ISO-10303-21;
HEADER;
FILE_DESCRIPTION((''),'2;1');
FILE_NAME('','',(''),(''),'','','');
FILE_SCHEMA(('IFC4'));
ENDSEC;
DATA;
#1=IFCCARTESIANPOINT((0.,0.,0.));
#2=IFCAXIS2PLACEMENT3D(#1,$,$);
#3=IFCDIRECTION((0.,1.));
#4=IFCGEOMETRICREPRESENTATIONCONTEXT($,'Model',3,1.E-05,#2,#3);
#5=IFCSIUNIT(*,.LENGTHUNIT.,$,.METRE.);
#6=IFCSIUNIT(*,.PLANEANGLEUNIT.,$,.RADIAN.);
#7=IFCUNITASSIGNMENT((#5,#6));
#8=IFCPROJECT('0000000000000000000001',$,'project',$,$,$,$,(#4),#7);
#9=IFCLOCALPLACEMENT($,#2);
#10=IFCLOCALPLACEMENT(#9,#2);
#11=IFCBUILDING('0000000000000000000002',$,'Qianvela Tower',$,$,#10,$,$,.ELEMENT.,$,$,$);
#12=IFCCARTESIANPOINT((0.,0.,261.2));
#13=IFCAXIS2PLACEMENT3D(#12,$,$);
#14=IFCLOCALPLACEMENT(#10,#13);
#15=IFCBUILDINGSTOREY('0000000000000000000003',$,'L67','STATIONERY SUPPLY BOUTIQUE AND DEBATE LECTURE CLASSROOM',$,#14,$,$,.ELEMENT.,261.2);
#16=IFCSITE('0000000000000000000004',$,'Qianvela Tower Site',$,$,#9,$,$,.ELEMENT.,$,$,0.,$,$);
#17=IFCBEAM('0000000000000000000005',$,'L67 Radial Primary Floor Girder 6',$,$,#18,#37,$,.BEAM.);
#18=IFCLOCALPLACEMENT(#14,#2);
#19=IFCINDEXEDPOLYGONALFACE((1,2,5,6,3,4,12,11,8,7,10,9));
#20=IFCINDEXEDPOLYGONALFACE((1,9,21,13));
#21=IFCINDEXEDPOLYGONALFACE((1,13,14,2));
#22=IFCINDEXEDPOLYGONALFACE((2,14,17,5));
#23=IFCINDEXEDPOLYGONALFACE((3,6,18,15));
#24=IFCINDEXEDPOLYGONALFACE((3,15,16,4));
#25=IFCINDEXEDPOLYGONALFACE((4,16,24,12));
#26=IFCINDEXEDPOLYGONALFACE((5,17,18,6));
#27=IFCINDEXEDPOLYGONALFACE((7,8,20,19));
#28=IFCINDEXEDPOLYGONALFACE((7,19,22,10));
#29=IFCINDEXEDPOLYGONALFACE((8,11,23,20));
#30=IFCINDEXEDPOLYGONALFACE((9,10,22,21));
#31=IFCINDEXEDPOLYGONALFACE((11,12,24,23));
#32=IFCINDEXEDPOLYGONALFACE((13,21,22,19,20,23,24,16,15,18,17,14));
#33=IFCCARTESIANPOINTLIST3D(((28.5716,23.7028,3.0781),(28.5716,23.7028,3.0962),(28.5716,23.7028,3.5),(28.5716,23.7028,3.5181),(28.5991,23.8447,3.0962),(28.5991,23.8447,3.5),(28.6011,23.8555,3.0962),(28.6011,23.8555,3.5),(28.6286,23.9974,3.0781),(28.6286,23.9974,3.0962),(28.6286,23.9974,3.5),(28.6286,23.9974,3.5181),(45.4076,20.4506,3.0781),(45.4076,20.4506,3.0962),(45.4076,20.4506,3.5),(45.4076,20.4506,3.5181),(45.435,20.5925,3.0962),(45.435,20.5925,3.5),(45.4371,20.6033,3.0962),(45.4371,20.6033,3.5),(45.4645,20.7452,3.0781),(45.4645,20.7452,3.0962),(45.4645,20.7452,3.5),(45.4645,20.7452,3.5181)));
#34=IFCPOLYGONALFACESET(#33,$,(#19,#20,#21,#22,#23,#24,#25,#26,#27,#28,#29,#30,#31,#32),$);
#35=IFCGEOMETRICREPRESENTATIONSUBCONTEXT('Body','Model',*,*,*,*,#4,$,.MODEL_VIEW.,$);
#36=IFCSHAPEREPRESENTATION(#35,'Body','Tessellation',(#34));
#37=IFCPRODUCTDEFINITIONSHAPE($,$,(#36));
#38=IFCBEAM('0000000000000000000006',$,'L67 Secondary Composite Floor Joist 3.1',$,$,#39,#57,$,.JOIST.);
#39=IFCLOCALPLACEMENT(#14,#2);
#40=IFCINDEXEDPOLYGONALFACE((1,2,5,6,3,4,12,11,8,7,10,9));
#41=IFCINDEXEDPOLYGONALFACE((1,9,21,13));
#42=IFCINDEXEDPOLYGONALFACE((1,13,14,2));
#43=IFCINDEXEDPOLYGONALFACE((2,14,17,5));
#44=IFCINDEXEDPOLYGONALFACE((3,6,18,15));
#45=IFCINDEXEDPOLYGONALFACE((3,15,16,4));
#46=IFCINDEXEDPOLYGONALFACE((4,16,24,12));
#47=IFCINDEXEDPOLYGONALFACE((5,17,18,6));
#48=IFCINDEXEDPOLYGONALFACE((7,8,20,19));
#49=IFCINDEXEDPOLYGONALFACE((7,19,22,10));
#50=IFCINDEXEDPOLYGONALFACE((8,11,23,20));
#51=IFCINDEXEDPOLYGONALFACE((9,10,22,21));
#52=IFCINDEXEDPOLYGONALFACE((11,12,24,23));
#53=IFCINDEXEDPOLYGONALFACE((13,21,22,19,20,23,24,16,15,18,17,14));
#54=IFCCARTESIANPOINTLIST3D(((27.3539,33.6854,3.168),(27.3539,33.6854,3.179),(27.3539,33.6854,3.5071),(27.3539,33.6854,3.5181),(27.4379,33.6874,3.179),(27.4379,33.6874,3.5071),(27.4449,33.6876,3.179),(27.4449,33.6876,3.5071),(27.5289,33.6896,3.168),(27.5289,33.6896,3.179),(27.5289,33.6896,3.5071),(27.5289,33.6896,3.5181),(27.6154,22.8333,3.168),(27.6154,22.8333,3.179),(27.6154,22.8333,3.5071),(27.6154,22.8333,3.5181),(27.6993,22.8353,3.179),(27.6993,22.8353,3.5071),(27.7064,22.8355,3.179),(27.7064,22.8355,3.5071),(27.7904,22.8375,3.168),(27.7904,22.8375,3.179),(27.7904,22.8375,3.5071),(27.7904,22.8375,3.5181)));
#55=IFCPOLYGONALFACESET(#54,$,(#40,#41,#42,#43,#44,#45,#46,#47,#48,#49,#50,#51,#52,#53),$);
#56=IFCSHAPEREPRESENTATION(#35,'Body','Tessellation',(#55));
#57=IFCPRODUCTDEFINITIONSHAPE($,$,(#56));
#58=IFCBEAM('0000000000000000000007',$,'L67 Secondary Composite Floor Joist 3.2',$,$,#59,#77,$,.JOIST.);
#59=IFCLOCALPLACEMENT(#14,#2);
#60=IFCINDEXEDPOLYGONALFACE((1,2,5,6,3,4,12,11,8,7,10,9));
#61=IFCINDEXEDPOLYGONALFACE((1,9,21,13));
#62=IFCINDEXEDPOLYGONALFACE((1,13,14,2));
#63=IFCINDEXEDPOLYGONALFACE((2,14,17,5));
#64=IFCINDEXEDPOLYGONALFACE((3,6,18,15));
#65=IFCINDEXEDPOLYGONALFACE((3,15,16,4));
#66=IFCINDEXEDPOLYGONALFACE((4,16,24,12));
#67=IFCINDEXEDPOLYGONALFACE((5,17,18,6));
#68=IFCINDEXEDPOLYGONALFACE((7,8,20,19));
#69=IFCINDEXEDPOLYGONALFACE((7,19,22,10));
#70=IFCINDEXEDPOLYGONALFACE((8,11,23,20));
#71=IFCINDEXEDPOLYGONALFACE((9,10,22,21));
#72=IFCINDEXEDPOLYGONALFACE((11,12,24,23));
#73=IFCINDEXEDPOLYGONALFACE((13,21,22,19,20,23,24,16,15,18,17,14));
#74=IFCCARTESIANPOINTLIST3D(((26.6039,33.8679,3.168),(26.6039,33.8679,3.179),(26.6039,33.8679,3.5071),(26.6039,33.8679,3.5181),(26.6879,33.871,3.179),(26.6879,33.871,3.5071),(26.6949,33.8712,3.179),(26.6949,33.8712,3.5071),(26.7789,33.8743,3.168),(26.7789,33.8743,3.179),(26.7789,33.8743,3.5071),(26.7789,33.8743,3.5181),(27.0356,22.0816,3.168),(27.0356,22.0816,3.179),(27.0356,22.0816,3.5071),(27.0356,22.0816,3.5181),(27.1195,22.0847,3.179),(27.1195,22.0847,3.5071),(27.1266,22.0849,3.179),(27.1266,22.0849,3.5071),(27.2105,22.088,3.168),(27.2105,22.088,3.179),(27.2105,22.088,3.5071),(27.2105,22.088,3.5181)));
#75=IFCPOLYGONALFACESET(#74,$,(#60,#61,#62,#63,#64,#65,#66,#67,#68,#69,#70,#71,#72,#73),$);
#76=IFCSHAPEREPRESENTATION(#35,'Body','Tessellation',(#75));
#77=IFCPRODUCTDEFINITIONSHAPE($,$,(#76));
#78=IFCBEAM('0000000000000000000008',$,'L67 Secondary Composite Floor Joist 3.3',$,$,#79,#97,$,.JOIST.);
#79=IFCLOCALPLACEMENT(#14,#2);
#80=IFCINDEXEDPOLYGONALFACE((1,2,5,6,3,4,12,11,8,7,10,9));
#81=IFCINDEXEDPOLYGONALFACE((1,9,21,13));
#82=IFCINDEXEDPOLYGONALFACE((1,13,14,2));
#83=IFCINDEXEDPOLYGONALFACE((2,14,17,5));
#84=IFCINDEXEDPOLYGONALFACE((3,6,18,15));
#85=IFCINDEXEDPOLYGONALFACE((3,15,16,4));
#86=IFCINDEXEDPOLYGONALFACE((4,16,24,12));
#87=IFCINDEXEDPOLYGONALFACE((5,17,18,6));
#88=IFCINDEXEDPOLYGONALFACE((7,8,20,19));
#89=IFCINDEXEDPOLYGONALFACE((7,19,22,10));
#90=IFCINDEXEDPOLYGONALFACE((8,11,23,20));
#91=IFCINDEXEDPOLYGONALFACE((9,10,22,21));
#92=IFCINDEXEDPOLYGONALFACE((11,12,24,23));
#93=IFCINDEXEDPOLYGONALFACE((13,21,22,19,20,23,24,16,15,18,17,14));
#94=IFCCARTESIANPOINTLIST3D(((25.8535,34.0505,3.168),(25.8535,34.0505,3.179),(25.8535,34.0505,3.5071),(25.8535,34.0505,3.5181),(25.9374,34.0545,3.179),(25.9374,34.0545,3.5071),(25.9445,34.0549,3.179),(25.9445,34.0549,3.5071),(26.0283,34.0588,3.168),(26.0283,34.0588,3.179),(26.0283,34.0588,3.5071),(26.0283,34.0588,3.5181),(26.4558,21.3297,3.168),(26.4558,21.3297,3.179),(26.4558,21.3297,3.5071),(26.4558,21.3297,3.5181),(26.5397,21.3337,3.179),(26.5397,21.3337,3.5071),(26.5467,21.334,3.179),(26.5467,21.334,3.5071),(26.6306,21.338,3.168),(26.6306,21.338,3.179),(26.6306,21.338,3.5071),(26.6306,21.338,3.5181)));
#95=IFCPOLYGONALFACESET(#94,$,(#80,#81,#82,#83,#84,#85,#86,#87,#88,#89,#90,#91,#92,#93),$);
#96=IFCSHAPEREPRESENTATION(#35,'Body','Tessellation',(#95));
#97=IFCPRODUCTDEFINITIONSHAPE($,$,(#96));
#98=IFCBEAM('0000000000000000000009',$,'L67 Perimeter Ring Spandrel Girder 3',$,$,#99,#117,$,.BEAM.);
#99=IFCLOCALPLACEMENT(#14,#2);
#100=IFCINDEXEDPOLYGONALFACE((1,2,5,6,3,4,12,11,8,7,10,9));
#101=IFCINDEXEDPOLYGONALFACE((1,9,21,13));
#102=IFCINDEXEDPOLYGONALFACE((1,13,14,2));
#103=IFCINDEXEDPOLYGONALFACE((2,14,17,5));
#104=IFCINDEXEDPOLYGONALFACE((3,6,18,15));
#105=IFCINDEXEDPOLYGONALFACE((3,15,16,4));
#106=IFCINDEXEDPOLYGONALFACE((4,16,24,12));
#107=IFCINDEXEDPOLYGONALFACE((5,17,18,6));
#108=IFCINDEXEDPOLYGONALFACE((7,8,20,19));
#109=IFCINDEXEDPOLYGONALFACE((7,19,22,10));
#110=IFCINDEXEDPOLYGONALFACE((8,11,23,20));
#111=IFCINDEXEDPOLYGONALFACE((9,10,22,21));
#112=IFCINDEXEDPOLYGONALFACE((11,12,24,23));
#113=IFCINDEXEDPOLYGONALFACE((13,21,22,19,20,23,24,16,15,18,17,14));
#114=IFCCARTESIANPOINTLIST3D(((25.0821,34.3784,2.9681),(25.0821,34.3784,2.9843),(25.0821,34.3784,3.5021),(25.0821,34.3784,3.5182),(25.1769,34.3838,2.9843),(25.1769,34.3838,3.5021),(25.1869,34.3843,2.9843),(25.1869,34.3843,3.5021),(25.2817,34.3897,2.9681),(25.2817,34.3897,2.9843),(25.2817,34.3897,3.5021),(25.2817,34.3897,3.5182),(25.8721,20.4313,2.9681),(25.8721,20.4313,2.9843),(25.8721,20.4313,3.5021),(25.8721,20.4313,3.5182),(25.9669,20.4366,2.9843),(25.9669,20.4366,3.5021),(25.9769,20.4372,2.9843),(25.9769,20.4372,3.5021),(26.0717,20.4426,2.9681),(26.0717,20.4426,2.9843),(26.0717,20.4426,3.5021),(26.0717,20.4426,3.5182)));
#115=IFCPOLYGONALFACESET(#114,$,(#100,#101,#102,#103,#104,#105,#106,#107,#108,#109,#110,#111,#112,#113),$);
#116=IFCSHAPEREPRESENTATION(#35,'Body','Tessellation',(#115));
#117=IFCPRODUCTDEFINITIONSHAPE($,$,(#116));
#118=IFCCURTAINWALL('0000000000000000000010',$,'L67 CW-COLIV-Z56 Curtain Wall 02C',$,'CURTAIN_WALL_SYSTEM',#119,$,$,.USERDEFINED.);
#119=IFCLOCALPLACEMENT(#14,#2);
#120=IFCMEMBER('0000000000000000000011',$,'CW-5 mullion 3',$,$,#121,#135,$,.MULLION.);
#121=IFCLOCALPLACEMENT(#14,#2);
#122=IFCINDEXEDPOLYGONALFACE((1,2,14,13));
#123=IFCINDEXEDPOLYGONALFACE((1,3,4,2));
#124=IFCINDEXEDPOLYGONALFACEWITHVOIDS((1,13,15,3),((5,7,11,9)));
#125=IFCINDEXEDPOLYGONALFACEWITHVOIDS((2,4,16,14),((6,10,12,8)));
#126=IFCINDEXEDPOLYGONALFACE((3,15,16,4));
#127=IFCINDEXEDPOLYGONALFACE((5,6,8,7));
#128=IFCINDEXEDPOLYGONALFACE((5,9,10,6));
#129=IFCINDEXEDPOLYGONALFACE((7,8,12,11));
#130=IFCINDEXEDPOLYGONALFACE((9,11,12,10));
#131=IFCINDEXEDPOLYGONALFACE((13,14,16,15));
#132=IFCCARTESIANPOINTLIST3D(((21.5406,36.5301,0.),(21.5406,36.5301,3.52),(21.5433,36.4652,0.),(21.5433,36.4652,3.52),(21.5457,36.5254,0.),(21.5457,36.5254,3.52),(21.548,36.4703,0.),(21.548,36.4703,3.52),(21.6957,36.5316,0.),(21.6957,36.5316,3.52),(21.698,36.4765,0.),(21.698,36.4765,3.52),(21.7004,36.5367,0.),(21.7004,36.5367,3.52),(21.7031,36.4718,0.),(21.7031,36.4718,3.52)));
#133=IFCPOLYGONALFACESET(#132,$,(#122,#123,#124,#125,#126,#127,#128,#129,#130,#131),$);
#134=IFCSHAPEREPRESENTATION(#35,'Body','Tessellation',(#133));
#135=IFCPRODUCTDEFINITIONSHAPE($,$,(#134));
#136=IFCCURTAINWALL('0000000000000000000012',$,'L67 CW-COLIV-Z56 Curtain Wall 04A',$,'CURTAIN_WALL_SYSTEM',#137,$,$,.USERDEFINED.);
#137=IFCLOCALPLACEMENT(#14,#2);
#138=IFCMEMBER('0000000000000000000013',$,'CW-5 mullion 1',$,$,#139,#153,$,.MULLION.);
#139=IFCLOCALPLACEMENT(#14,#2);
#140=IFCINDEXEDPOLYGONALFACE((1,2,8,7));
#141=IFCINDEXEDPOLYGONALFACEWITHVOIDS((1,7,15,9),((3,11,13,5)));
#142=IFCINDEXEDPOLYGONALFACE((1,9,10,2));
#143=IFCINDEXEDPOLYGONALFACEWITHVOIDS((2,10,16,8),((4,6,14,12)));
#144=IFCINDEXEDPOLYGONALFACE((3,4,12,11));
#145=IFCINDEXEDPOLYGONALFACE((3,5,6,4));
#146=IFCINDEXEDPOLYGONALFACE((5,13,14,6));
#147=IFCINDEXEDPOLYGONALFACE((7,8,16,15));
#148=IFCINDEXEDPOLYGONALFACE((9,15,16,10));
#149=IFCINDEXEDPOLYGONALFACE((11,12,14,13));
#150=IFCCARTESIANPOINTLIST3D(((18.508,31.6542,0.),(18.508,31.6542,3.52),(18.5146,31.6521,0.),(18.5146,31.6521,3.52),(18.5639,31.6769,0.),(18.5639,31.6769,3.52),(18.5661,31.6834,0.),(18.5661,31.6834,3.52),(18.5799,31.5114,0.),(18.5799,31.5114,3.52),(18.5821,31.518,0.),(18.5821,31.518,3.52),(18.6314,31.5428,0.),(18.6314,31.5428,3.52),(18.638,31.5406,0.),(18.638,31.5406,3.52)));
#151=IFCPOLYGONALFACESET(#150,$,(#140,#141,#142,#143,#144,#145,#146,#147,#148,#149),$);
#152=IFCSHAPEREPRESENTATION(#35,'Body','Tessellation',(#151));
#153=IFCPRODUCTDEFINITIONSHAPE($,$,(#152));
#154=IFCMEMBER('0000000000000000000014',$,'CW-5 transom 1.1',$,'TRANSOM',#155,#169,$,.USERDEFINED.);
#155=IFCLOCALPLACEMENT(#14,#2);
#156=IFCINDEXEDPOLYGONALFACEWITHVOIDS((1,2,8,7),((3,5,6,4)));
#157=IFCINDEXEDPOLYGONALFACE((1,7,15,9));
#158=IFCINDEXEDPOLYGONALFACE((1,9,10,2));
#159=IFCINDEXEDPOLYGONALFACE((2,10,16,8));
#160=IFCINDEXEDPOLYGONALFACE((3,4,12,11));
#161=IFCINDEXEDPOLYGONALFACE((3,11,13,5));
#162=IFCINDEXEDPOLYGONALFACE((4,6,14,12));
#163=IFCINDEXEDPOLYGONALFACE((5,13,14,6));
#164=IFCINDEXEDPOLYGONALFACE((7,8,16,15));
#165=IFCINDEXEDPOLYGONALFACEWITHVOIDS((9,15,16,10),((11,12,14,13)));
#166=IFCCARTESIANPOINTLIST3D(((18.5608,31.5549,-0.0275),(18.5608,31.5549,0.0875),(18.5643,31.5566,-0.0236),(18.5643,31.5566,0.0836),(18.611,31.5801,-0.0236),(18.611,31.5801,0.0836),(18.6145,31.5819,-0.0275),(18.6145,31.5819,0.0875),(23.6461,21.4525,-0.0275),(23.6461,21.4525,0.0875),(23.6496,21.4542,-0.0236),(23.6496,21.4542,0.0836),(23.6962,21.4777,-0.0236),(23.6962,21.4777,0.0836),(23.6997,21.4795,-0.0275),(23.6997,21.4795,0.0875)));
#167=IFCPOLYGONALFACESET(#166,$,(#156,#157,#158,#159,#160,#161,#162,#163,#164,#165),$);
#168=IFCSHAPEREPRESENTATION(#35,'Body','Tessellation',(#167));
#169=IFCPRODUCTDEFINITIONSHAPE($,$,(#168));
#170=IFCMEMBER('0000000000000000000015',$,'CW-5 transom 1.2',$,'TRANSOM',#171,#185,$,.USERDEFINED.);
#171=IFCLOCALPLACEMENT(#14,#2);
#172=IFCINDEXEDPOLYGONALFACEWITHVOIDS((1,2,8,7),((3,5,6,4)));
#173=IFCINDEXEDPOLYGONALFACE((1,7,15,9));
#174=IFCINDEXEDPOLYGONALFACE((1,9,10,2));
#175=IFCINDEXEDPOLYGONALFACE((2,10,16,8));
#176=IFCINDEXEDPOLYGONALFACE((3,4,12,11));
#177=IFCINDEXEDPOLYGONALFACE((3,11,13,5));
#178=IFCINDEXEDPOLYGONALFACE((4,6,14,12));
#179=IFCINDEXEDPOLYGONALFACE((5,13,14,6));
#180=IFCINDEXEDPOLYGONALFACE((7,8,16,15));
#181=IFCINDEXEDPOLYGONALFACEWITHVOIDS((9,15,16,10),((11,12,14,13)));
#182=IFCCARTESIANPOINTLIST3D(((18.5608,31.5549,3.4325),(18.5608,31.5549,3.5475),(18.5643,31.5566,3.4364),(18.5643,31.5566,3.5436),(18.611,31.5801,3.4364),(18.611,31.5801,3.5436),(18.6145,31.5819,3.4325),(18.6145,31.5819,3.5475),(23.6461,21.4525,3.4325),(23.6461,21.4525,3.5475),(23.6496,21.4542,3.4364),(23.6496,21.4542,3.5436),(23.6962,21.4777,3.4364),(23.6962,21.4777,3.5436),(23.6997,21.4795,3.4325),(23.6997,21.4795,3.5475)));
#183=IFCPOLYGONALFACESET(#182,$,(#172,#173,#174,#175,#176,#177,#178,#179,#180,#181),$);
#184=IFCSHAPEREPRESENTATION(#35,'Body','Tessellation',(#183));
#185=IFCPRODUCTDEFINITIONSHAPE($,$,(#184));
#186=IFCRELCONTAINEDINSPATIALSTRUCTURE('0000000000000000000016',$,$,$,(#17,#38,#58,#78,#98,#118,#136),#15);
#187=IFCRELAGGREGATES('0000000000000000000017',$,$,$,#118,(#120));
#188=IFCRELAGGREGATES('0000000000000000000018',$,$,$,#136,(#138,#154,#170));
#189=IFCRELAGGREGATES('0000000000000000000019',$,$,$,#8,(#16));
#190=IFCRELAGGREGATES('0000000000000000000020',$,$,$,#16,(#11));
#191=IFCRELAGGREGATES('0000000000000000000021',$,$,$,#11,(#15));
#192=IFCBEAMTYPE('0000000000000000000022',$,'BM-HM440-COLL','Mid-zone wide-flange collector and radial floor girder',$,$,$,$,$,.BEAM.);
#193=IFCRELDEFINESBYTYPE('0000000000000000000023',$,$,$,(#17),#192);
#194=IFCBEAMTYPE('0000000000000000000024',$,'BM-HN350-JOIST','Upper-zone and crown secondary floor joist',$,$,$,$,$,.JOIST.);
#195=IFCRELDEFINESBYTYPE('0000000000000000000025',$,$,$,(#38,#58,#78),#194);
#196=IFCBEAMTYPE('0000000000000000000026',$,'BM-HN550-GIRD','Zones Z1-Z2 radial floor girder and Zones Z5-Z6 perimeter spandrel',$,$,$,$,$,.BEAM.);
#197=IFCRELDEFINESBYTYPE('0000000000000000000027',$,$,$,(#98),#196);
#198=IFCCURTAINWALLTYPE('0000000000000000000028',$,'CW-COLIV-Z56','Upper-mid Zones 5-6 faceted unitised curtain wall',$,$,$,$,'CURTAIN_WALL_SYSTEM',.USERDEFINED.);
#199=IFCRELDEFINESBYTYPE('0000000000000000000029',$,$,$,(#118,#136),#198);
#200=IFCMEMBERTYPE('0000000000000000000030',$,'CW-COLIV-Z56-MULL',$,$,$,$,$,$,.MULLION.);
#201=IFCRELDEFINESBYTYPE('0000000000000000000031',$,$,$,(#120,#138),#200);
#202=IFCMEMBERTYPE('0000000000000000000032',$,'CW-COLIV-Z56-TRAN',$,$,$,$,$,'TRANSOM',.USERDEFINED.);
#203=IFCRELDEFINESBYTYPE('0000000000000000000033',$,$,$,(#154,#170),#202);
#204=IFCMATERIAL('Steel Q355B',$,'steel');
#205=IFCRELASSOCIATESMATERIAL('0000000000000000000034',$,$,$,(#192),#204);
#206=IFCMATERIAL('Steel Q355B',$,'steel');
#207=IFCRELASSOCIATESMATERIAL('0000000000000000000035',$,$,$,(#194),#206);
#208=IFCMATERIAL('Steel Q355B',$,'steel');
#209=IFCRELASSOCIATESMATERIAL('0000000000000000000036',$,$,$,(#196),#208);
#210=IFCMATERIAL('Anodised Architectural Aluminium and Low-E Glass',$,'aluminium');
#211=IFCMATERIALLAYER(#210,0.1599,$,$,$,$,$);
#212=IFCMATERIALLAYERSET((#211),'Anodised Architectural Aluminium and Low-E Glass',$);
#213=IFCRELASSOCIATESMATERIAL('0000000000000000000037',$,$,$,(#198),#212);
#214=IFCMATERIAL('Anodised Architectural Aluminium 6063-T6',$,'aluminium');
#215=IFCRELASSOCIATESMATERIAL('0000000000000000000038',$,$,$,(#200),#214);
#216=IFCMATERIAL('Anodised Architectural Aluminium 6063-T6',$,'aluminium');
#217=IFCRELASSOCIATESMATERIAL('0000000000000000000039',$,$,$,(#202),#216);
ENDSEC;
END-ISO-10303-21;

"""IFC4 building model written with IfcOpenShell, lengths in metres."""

from ifc_helpers import new_model, si_unit, direction, frame, origin, origin_2d, place, context, subcontext, project, spatial, hollow_rectangle, i_section, extrude, material, layer, layer_set, material_profile, profile_set, type_object, element, aggregate, save


model = new_model("IFC4")

# Units and contexts
model_context = context("Model", 3, precision=1e-05, world=origin(), true_north=direction((0.0, 1.0)))
body_context = subcontext(model_context, "Body", "Model", "MODEL_VIEW")
ifc_project = project(units=[si_unit("LENGTHUNIT", "METRE"), si_unit("PLANEANGLEUNIT", "RADIAN")], contexts=[model_context])

# Site, building, storey
site_placement = place(None, origin())
site = spatial("IfcSite", under=ifc_project, at=site_placement, Name="Qianvela Tower Site", CompositionType="ELEMENT", RefElevation=0.0)
building_placement = place(site_placement, origin())
building = spatial("IfcBuilding", under=site, at=building_placement, Name="Qianvela Tower", CompositionType="ELEMENT")
storey_placement = place(building_placement, frame((0.0, 0.0, 261.2)))
storey = spatial("IfcBuildingStorey", under=building, at=storey_placement, Name="L67", Description="STATIONERY SUPPLY BOUTIQUE AND DEBATE LECTURE CLASSROOM", CompositionType="ELEMENT", Elevation=261.2)

# Beams
ifc_material_1 = material(Name="Steel Q355B", Category="steel")
ifc_material_profile_1 = material_profile(ifc_material_1, i_section(OverallWidth=0.3, OverallDepth=0.4399, WebThickness=0.011, FlangeThickness=0.0181, at=origin_2d()), Name="HM440x300x11x18")
ifc_profile_set_1 = profile_set([ifc_material_profile_1], Name="Steel Q355B")
beam_type_1 = type_object("IfcBeamType", Name="BM-HM440-COLL", Description="Mid-zone wide-flange collector and radial floor girder", PredefinedType="BEAM", material=ifc_profile_set_1)
beam_1_placement = place(storey_placement, frame((28.6001, 23.8501, 3.2981), z_axis=(0.981849, -0.189664, 0.0), x_axis=(0.189664, 0.981849, 0.0)))
element("IfcBeam", 1, at=beam_1_placement, inside=storey, type_object=beam_type_1, Name="L67 Radial Primary Floor Girder 6", PredefinedType="BEAM", context=body_context, shape_type="SweptSolid", body=[
    extrude(i_section(OverallWidth=0.3, OverallDepth=0.4399, WebThickness=0.011, FlangeThickness=0.0181, at=origin_2d()), origin(), (0.0, 0.0, 1.0), 17.1472),
])
ifc_material_2 = material(Name="Steel Q355B", Category="steel")
ifc_material_profile_2 = material_profile(ifc_material_2, i_section(OverallWidth=0.175, OverallDepth=0.3501, WebThickness=0.0071, FlangeThickness=0.011, at=origin_2d()), Name="HN350x175x7x11")
ifc_profile_set_2 = profile_set([ifc_material_profile_2], Name="Steel Q355B")
beam_type_2 = type_object("IfcBeamType", Name="BM-HN350-JOIST", Description="Upper-zone and crown secondary floor joist", PredefinedType="JOIST", material=ifc_profile_set_2)
beam_2_placement = place(storey_placement, frame((27.4414, 33.6875, 3.343), z_axis=(0.024087, -0.99971, 0.0), x_axis=(0.99971, 0.024087, 0.0)))
element("IfcBeam", 2, at=beam_2_placement, inside=storey, type_object=beam_type_2, Name="L67 Secondary Composite Floor Joist 3.1", PredefinedType="JOIST", context=body_context, shape_type="SweptSolid", body=[
    extrude(i_section(OverallWidth=0.175, OverallDepth=0.3501, WebThickness=0.0071, FlangeThickness=0.011, at=origin_2d()), origin(), (0.0, 0.0, 1.0), 10.8552),
])
beam_3_placement = place(storey_placement, frame((26.6914, 33.8711, 3.343), z_axis=(0.036597, -0.99933, 0.0), x_axis=(0.99933, 0.036597, 0.0)))
element("IfcBeam", 3, at=beam_3_placement, inside=storey, type_object=beam_type_2, Name="L67 Secondary Composite Floor Joist 3.2", PredefinedType="JOIST", context=body_context, shape_type="SweptSolid", body=[
    extrude(i_section(OverallWidth=0.175, OverallDepth=0.3501, WebThickness=0.0071, FlangeThickness=0.011, at=origin_2d()), origin(), (0.0, 0.0, 1.0), 11.7942),
])
beam_4_placement = place(storey_placement, frame((25.9409, 34.0547, 3.343), z_axis=(0.047294, -0.998881, 0.0), x_axis=(0.998881, 0.047294, 0.0)))
element("IfcBeam", 4, at=beam_4_placement, inside=storey, type_object=beam_type_2, Name="L67 Secondary Composite Floor Joist 3.3", PredefinedType="JOIST", context=body_context, shape_type="SweptSolid", body=[
    extrude(i_section(OverallWidth=0.175, OverallDepth=0.3501, WebThickness=0.0071, FlangeThickness=0.011, at=origin_2d()), origin(), (0.0, 0.0, 1.0), 12.7351),
])
ifc_material_3 = material(Name="Steel Q355B", Category="steel")
ifc_material_profile_3 = material_profile(ifc_material_3, i_section(OverallWidth=0.2, OverallDepth=0.55, WebThickness=0.01, FlangeThickness=0.0161, at=origin_2d()), Name="HN550x200x10x16")
ifc_profile_set_3 = profile_set([ifc_material_profile_3], Name="Steel Q355B")
beam_type_3 = type_object("IfcBeamType", Name="BM-HN550-GIRD", Description="Zones Z1-Z2 radial floor girder and Zones Z5-Z6 perimeter spandrel", PredefinedType="BEAM", material=ifc_profile_set_3)
beam_5_placement = place(storey_placement, frame((25.1819, 34.384, 3.2432), z_axis=(0.056555, -0.998399, 0.0), x_axis=(0.998399, 0.056555, 0.0)))
element("IfcBeam", 5, at=beam_5_placement, inside=storey, type_object=beam_type_3, Name="L67 Perimeter Ring Spandrel Girder 3", PredefinedType="BEAM", context=body_context, shape_type="SweptSolid", body=[
    extrude(i_section(OverallWidth=0.2, OverallDepth=0.55, WebThickness=0.01, FlangeThickness=0.0161, at=origin_2d()), origin(), (0.0, 0.0, 1.0), 13.9695),
])

# Curtain wall, member
ifc_material_4 = material(Name="Anodised Architectural Aluminium and Low-E Glass", Category="aluminium")
ifc_layer_1 = layer(ifc_material_4, 0.1599)
ifc_layer_set_1 = layer_set([ifc_layer_1], Name="Anodised Architectural Aluminium and Low-E Glass")
curtain_wall_type = type_object("IfcCurtainWallType", Name="CW-COLIV-Z56", Description="Upper-mid Zones 5-6 faceted unitised curtain wall", ElementType="CURTAIN_WALL_SYSTEM", PredefinedType="USERDEFINED", material=ifc_layer_set_1)
curtain_wall_1_placement = place(storey_placement, origin())
curtain_wall_1 = element("IfcCurtainWall", 6, at=curtain_wall_1_placement, inside=storey, type_object=curtain_wall_type, Name="L67 CW-COLIV-Z56 Curtain Wall 02C", ObjectType="CURTAIN_WALL_SYSTEM", PredefinedType="USERDEFINED")
ifc_material_5 = material(Name="Anodised Architectural Aluminium 6063-T6", Category="aluminium")
ifc_material_profile_4 = material_profile(ifc_material_5, hollow_rectangle(XDim=0.0649, YDim=0.1599, WallThickness=0.0049, at=origin_2d()), Name="ALU-MULL-65x160")
ifc_profile_set_4 = profile_set([ifc_material_profile_4], Name="Anodised Architectural Aluminium 6063-T6")
member_type_1 = type_object("IfcMemberType", Name="CW-COLIV-Z56-MULL", PredefinedType="MULLION", material=ifc_profile_set_4)
member_1_placement = place(storey_placement, frame((21.6218, 36.501, 0.0), z_axis=(0.0, 0.0, 1.0), x_axis=(0.0413, -0.999147, 0.0)))
member_1 = element("IfcMember", 7, at=member_1_placement, type_object=member_type_1, Name="CW-5 mullion 3", PredefinedType="MULLION", context=body_context, shape_type="SweptSolid", body=[
    extrude(hollow_rectangle(XDim=0.0649, YDim=0.1599, WallThickness=0.0049, at=origin_2d()), origin(), (0.0, 0.0, 1.0), 3.52),
])

# Curtain wall, members
curtain_wall_2_placement = place(storey_placement, origin())
curtain_wall_2 = element("IfcCurtainWall", 8, at=curtain_wall_2_placement, inside=storey, type_object=curtain_wall_type, Name="L67 CW-COLIV-Z56 Curtain Wall 04A", ObjectType="CURTAIN_WALL_SYSTEM", PredefinedType="USERDEFINED")
member_2_placement = place(storey_placement, frame((18.573, 31.5974, 0.0), z_axis=(0.0, 0.0, 1.0), x_axis=(0.893216, 0.449628, 0.0)))
member_2 = element("IfcMember", 9, at=member_2_placement, type_object=member_type_1, Name="CW-5 mullion 1", PredefinedType="MULLION", context=body_context, shape_type="SweptSolid", body=[
    extrude(hollow_rectangle(XDim=0.0649, YDim=0.1599, WallThickness=0.0049, at=origin_2d()), origin(), (0.0, 0.0, 1.0), 3.52),
])
ifc_material_6 = material(Name="Anodised Architectural Aluminium 6063-T6", Category="aluminium")
ifc_material_profile_5 = material_profile(ifc_material_6, hollow_rectangle(XDim=0.0601, YDim=0.115, WallThickness=0.0039, at=origin_2d()), Name="ALU-TRAN-60x115")
ifc_profile_set_5 = profile_set([ifc_material_profile_5], Name="Anodised Architectural Aluminium 6063-T6")
member_type_2 = type_object("IfcMemberType", Name="CW-COLIV-Z56-TRAN", ElementType="TRANSOM", PredefinedType="USERDEFINED", material=ifc_profile_set_5)
member_3_placement = place(storey_placement, frame((18.5876, 31.5684, 0.03), z_axis=(0.449621, -0.893219, 0.0), x_axis=(0.893219, 0.449621, 0.0)))
member_3 = element("IfcMember", 10, at=member_3_placement, type_object=member_type_2, Name="CW-5 transom 1.1", ObjectType="TRANSOM", PredefinedType="USERDEFINED", context=body_context, shape_type="SweptSolid", body=[
    extrude(hollow_rectangle(XDim=0.0601, YDim=0.115, WallThickness=0.0039, at=origin_2d()), origin(), (0.0, 0.0, 1.0), 11.3101),
])
member_4_placement = place(storey_placement, frame((18.5876, 31.5684, 3.49), z_axis=(0.449621, -0.893219, 0.0), x_axis=(0.893219, 0.449621, 0.0)))
member_4 = element("IfcMember", 11, at=member_4_placement, type_object=member_type_2, Name="CW-5 transom 1.2", ObjectType="TRANSOM", PredefinedType="USERDEFINED", context=body_context, shape_type="SweptSolid", body=[
    extrude(hollow_rectangle(XDim=0.0601, YDim=0.115, WallThickness=0.0039, at=origin_2d()), origin(), (0.0, 0.0, 1.0), 11.3101),
])

aggregate(curtain_wall_1, [member_1])
aggregate(curtain_wall_2, [member_2, member_3, member_4])

save(model, "model.ifc")
